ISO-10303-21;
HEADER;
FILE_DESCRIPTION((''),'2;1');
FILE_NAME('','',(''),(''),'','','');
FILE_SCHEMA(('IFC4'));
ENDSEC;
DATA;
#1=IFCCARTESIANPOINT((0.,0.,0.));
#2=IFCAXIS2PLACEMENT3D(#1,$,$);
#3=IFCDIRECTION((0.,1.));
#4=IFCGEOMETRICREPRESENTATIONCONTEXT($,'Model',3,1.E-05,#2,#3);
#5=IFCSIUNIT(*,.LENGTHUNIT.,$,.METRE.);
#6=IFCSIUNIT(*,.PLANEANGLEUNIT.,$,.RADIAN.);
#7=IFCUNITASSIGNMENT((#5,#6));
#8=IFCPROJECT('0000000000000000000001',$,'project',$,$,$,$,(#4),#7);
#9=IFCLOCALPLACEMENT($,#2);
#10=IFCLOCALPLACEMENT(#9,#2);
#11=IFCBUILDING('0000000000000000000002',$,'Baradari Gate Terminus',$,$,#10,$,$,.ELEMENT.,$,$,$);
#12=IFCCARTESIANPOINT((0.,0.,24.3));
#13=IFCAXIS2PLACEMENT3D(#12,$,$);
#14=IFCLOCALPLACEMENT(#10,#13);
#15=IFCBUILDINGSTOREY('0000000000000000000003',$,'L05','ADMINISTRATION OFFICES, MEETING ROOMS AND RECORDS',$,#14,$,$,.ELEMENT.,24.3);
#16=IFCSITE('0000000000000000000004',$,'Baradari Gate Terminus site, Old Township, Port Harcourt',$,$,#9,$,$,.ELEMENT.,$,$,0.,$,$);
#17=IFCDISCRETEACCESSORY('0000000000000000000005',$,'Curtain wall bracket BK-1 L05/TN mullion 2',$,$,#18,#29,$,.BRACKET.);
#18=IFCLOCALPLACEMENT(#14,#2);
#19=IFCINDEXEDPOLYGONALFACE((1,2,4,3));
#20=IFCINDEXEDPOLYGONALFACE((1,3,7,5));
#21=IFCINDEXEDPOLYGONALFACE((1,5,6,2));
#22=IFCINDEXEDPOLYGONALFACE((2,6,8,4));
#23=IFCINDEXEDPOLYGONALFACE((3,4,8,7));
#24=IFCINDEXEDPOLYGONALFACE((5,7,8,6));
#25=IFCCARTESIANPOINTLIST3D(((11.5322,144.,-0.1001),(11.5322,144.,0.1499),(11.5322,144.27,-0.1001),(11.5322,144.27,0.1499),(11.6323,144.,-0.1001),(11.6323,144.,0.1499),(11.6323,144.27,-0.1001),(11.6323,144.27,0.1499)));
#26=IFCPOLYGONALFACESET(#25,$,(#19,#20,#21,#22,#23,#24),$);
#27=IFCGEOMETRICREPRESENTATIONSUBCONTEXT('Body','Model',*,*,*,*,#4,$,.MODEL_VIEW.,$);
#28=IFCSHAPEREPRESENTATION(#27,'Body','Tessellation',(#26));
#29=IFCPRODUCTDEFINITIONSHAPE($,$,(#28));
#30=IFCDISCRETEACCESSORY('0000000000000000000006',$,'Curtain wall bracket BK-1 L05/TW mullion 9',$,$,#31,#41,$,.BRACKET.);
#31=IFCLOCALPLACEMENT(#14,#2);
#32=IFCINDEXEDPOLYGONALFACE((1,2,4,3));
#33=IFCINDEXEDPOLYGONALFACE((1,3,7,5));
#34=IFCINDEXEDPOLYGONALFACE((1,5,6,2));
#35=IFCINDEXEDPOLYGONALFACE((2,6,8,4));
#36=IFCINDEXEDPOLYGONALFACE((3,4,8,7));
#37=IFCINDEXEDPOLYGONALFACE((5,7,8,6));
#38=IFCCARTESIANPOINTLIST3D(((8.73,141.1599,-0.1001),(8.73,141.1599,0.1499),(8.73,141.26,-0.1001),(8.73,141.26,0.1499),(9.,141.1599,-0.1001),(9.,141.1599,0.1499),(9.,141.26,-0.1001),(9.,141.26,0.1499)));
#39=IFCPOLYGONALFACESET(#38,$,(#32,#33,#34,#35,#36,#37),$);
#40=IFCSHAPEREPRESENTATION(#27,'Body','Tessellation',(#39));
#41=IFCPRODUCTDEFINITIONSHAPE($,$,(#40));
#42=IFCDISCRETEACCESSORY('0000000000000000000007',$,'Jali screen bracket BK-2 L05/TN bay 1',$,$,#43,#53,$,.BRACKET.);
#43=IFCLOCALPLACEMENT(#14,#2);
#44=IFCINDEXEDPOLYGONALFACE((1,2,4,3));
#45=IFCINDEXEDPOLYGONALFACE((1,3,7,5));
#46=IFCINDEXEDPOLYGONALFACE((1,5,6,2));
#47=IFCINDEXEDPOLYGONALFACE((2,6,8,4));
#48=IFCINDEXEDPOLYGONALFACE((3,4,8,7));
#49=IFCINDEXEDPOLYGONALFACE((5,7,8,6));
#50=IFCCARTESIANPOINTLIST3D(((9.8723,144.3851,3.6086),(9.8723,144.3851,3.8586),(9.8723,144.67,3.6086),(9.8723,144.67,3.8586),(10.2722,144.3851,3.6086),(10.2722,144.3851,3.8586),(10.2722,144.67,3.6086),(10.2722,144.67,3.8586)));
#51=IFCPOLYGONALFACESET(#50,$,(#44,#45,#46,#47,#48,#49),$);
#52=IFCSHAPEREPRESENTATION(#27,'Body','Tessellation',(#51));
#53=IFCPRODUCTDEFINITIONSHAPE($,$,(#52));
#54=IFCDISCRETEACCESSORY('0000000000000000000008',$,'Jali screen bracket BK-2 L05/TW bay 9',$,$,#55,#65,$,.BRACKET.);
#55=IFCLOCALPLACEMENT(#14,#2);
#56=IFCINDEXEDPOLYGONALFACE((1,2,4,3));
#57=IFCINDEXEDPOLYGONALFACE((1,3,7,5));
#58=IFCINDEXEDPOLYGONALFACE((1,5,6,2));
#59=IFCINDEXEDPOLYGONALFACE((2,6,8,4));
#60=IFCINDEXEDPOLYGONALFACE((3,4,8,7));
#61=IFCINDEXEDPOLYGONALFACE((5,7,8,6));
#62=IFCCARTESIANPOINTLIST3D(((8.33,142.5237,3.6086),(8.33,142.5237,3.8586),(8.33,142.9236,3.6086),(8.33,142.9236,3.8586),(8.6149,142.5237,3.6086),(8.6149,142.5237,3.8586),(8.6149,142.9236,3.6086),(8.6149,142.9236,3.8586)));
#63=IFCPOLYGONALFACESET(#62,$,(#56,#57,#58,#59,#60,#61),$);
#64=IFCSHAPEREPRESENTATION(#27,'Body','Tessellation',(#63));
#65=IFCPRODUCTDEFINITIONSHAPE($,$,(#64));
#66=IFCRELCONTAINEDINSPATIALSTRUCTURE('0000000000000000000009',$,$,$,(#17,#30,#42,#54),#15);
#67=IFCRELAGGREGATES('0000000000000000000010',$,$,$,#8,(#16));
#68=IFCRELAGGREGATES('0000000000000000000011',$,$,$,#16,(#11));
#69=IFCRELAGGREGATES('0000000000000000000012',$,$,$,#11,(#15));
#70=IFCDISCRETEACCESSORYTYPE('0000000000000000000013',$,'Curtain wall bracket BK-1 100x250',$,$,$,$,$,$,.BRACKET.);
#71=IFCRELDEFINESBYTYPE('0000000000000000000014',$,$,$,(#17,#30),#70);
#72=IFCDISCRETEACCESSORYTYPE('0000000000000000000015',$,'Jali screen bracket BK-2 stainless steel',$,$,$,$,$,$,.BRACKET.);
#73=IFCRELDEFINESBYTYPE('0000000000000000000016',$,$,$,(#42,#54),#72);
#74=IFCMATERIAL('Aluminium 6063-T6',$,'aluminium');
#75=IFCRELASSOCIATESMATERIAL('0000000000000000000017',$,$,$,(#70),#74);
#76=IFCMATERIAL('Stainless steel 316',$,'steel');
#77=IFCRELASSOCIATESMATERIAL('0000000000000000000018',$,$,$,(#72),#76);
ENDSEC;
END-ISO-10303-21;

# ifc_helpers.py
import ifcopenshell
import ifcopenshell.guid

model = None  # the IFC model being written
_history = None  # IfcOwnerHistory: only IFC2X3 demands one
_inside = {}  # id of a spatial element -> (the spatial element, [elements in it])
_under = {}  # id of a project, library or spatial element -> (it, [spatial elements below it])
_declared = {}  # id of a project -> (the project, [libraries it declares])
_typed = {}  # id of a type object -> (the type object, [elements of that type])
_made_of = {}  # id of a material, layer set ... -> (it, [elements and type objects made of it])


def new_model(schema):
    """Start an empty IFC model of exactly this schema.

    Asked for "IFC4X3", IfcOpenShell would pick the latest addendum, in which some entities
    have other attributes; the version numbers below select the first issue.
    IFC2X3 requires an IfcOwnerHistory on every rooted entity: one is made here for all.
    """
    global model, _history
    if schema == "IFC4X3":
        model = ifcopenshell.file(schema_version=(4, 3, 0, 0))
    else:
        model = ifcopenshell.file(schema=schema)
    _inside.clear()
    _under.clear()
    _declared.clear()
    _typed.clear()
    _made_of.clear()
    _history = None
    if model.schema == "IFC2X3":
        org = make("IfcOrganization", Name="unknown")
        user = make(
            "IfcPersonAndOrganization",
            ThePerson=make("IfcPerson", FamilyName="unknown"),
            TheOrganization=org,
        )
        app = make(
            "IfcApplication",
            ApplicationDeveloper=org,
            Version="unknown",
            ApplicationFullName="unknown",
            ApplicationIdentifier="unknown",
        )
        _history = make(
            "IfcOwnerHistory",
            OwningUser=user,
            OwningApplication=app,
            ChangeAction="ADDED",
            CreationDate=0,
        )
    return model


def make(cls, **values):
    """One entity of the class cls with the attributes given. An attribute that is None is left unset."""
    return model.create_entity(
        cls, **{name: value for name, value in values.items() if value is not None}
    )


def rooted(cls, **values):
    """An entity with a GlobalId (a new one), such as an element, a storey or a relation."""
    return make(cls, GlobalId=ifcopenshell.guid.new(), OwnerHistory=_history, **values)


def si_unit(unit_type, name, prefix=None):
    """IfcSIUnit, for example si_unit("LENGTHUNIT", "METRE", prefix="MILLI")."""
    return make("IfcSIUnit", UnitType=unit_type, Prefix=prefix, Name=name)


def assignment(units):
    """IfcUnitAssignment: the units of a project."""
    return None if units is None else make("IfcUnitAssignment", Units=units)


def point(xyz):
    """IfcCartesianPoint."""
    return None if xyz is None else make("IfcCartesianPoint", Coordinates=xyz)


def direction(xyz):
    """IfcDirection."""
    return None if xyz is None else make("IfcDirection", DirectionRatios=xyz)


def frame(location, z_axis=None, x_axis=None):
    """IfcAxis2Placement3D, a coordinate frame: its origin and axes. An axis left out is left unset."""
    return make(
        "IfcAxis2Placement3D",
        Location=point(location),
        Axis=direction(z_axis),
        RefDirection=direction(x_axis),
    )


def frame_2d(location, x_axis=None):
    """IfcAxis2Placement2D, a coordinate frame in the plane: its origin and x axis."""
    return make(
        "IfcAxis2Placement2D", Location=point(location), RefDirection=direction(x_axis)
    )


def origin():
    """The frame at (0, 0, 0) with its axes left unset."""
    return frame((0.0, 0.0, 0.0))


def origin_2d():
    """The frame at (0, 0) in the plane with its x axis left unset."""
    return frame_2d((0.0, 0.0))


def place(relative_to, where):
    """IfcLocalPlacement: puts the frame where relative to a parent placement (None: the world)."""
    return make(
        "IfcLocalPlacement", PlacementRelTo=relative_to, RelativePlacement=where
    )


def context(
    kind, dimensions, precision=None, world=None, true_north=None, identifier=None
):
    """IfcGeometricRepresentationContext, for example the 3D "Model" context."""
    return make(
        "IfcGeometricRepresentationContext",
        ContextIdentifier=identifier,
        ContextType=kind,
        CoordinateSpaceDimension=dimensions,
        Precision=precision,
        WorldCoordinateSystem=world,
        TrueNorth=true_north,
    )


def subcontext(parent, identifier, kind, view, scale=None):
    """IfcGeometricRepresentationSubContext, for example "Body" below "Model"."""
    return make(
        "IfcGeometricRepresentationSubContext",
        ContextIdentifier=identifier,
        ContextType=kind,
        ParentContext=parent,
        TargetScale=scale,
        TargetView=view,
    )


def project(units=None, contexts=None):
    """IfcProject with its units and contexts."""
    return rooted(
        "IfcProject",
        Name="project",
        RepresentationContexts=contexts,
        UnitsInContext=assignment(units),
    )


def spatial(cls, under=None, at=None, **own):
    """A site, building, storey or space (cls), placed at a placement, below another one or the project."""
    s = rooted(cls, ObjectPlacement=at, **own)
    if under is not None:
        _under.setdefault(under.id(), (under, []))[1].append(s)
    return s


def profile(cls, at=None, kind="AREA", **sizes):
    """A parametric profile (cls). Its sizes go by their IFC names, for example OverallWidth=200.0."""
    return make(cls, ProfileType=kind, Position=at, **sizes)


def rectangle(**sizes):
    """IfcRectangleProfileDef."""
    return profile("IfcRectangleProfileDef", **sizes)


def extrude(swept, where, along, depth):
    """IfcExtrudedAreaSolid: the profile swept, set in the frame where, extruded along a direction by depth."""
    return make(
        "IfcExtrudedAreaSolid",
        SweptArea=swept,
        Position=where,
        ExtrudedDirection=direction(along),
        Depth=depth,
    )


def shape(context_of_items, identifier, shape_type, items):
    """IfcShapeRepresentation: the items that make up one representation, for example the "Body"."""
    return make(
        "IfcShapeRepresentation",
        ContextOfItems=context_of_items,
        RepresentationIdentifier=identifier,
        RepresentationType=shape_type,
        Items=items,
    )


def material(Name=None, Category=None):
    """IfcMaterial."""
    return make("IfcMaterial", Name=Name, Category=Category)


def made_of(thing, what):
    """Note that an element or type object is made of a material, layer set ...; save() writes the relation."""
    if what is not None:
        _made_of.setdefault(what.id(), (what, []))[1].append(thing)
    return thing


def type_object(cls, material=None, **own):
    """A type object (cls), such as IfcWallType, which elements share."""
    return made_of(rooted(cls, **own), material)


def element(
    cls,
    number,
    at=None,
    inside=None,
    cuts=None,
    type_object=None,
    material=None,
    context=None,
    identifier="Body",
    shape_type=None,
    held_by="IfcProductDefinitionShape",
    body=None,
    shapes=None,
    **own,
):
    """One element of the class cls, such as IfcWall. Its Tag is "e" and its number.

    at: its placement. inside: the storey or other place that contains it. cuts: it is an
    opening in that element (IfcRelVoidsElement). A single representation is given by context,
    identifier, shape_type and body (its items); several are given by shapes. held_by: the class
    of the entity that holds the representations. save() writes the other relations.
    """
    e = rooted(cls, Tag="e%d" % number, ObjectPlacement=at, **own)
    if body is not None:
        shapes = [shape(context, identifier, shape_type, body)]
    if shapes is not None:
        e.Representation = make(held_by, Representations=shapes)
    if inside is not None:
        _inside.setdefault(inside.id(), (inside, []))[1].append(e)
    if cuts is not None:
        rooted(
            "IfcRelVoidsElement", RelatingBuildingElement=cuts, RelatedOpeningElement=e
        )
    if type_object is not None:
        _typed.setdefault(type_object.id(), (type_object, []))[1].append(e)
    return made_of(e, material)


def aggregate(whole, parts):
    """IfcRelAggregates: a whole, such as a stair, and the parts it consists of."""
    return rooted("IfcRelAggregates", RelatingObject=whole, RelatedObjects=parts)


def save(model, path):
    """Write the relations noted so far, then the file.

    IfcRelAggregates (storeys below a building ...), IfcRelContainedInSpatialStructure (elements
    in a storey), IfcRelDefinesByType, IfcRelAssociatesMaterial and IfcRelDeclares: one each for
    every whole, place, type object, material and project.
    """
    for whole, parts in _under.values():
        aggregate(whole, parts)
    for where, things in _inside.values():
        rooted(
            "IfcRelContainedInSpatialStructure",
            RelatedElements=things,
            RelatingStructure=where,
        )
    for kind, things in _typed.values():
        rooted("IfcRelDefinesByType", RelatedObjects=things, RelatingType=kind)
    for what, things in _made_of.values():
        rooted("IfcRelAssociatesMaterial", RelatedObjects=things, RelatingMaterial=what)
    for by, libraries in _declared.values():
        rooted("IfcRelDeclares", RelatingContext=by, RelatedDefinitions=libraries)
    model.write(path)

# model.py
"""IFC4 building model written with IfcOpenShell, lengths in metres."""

from ifc_helpers import new_model, si_unit, direction, frame, origin, origin_2d, place, context, subcontext, project, spatial, rectangle, extrude, material, type_object, element, save


model = new_model("IFC4")

# Units and contexts
model_context = context("Model", 3, precision=1e-05, world=origin(), true_north=direction((0.0, 1.0)))
body_context = subcontext(model_context, "Body", "Model", "MODEL_VIEW")
ifc_project = project(units=[si_unit("LENGTHUNIT", "METRE"), si_unit("PLANEANGLEUNIT", "RADIAN")], contexts=[model_context])

# Site, building, storey
site_placement = place(None, origin())
site = spatial("IfcSite", under=ifc_project, at=site_placement, Name="Baradari Gate Terminus site, Old Township, Port Harcourt", CompositionType="ELEMENT", RefElevation=0.0)
building_placement = place(site_placement, origin())
building = spatial("IfcBuilding", under=site, at=building_placement, Name="Baradari Gate Terminus", CompositionType="ELEMENT")
storey_placement = place(building_placement, frame((0.0, 0.0, 24.3)))
storey = spatial("IfcBuildingStorey", under=building, at=storey_placement, Name="L05", Description="ADMINISTRATION OFFICES, MEETING ROOMS AND RECORDS", CompositionType="ELEMENT", Elevation=24.3)

# Discrete accessories
ifc_material_1 = material(Name="Aluminium 6063-T6", Category="aluminium")
discrete_accessory_type_1 = type_object("IfcDiscreteAccessoryType", Name="Curtain wall bracket BK-1 100x250", PredefinedType="BRACKET", material=ifc_material_1)
for number, where, z_axis, x_axis, name in (
    (1, (11.5823, 144.135, -0.1001), (0.0, 0.0, 1.0), (0.0, 1.0, 0.0), "Curtain wall bracket BK-1 L05/TN mullion 2"),
    (2, (8.865, 141.21, -0.1001), (0.0, 0.0, 1.0), (-1.0, 0.0, 0.0), "Curtain wall bracket BK-1 L05/TW mullion 9"),
):
    element("IfcDiscreteAccessory", number, at=place(storey_placement, frame(where, z_axis=z_axis, x_axis=x_axis)), inside=storey, type_object=discrete_accessory_type_1, Name=name, PredefinedType="BRACKET", context=body_context, shape_type="SweptSolid", body=[
        extrude(rectangle(XDim=0.27, YDim=0.1001, at=origin_2d()), origin(), (0.0, 0.0, 1.0), 0.25),
    ])
ifc_material_2 = material(Name="Stainless steel 316", Category="steel")
discrete_accessory_type_2 = type_object("IfcDiscreteAccessoryType", Name="Jali screen bracket BK-2 stainless steel", PredefinedType="BRACKET", material=ifc_material_2)
for number, where, z_axis, x_axis, name in (
    (3, (10.0723, 144.5276, 3.6086), (0.0, 0.0, 1.0), (0.0, 1.0, 0.0), "Jali screen bracket BK-2 L05/TN bay 1"),
    (4, (8.4724, 142.7236, 3.6086), (0.0, 0.0, 1.0), (-1.0, 0.0, 0.0), "Jali screen bracket BK-2 L05/TW bay 9"),
):
    element("IfcDiscreteAccessory", number, at=place(storey_placement, frame(where, z_axis=z_axis, x_axis=x_axis)), inside=storey, type_object=discrete_accessory_type_2, Name=name, PredefinedType="BRACKET", context=body_context, shape_type="SweptSolid", body=[
        extrude(rectangle(XDim=0.2849, YDim=0.3999, at=origin_2d()), origin(), (0.0, 0.0, 1.0), 0.25),
    ])

save(model, "model.ifc")
